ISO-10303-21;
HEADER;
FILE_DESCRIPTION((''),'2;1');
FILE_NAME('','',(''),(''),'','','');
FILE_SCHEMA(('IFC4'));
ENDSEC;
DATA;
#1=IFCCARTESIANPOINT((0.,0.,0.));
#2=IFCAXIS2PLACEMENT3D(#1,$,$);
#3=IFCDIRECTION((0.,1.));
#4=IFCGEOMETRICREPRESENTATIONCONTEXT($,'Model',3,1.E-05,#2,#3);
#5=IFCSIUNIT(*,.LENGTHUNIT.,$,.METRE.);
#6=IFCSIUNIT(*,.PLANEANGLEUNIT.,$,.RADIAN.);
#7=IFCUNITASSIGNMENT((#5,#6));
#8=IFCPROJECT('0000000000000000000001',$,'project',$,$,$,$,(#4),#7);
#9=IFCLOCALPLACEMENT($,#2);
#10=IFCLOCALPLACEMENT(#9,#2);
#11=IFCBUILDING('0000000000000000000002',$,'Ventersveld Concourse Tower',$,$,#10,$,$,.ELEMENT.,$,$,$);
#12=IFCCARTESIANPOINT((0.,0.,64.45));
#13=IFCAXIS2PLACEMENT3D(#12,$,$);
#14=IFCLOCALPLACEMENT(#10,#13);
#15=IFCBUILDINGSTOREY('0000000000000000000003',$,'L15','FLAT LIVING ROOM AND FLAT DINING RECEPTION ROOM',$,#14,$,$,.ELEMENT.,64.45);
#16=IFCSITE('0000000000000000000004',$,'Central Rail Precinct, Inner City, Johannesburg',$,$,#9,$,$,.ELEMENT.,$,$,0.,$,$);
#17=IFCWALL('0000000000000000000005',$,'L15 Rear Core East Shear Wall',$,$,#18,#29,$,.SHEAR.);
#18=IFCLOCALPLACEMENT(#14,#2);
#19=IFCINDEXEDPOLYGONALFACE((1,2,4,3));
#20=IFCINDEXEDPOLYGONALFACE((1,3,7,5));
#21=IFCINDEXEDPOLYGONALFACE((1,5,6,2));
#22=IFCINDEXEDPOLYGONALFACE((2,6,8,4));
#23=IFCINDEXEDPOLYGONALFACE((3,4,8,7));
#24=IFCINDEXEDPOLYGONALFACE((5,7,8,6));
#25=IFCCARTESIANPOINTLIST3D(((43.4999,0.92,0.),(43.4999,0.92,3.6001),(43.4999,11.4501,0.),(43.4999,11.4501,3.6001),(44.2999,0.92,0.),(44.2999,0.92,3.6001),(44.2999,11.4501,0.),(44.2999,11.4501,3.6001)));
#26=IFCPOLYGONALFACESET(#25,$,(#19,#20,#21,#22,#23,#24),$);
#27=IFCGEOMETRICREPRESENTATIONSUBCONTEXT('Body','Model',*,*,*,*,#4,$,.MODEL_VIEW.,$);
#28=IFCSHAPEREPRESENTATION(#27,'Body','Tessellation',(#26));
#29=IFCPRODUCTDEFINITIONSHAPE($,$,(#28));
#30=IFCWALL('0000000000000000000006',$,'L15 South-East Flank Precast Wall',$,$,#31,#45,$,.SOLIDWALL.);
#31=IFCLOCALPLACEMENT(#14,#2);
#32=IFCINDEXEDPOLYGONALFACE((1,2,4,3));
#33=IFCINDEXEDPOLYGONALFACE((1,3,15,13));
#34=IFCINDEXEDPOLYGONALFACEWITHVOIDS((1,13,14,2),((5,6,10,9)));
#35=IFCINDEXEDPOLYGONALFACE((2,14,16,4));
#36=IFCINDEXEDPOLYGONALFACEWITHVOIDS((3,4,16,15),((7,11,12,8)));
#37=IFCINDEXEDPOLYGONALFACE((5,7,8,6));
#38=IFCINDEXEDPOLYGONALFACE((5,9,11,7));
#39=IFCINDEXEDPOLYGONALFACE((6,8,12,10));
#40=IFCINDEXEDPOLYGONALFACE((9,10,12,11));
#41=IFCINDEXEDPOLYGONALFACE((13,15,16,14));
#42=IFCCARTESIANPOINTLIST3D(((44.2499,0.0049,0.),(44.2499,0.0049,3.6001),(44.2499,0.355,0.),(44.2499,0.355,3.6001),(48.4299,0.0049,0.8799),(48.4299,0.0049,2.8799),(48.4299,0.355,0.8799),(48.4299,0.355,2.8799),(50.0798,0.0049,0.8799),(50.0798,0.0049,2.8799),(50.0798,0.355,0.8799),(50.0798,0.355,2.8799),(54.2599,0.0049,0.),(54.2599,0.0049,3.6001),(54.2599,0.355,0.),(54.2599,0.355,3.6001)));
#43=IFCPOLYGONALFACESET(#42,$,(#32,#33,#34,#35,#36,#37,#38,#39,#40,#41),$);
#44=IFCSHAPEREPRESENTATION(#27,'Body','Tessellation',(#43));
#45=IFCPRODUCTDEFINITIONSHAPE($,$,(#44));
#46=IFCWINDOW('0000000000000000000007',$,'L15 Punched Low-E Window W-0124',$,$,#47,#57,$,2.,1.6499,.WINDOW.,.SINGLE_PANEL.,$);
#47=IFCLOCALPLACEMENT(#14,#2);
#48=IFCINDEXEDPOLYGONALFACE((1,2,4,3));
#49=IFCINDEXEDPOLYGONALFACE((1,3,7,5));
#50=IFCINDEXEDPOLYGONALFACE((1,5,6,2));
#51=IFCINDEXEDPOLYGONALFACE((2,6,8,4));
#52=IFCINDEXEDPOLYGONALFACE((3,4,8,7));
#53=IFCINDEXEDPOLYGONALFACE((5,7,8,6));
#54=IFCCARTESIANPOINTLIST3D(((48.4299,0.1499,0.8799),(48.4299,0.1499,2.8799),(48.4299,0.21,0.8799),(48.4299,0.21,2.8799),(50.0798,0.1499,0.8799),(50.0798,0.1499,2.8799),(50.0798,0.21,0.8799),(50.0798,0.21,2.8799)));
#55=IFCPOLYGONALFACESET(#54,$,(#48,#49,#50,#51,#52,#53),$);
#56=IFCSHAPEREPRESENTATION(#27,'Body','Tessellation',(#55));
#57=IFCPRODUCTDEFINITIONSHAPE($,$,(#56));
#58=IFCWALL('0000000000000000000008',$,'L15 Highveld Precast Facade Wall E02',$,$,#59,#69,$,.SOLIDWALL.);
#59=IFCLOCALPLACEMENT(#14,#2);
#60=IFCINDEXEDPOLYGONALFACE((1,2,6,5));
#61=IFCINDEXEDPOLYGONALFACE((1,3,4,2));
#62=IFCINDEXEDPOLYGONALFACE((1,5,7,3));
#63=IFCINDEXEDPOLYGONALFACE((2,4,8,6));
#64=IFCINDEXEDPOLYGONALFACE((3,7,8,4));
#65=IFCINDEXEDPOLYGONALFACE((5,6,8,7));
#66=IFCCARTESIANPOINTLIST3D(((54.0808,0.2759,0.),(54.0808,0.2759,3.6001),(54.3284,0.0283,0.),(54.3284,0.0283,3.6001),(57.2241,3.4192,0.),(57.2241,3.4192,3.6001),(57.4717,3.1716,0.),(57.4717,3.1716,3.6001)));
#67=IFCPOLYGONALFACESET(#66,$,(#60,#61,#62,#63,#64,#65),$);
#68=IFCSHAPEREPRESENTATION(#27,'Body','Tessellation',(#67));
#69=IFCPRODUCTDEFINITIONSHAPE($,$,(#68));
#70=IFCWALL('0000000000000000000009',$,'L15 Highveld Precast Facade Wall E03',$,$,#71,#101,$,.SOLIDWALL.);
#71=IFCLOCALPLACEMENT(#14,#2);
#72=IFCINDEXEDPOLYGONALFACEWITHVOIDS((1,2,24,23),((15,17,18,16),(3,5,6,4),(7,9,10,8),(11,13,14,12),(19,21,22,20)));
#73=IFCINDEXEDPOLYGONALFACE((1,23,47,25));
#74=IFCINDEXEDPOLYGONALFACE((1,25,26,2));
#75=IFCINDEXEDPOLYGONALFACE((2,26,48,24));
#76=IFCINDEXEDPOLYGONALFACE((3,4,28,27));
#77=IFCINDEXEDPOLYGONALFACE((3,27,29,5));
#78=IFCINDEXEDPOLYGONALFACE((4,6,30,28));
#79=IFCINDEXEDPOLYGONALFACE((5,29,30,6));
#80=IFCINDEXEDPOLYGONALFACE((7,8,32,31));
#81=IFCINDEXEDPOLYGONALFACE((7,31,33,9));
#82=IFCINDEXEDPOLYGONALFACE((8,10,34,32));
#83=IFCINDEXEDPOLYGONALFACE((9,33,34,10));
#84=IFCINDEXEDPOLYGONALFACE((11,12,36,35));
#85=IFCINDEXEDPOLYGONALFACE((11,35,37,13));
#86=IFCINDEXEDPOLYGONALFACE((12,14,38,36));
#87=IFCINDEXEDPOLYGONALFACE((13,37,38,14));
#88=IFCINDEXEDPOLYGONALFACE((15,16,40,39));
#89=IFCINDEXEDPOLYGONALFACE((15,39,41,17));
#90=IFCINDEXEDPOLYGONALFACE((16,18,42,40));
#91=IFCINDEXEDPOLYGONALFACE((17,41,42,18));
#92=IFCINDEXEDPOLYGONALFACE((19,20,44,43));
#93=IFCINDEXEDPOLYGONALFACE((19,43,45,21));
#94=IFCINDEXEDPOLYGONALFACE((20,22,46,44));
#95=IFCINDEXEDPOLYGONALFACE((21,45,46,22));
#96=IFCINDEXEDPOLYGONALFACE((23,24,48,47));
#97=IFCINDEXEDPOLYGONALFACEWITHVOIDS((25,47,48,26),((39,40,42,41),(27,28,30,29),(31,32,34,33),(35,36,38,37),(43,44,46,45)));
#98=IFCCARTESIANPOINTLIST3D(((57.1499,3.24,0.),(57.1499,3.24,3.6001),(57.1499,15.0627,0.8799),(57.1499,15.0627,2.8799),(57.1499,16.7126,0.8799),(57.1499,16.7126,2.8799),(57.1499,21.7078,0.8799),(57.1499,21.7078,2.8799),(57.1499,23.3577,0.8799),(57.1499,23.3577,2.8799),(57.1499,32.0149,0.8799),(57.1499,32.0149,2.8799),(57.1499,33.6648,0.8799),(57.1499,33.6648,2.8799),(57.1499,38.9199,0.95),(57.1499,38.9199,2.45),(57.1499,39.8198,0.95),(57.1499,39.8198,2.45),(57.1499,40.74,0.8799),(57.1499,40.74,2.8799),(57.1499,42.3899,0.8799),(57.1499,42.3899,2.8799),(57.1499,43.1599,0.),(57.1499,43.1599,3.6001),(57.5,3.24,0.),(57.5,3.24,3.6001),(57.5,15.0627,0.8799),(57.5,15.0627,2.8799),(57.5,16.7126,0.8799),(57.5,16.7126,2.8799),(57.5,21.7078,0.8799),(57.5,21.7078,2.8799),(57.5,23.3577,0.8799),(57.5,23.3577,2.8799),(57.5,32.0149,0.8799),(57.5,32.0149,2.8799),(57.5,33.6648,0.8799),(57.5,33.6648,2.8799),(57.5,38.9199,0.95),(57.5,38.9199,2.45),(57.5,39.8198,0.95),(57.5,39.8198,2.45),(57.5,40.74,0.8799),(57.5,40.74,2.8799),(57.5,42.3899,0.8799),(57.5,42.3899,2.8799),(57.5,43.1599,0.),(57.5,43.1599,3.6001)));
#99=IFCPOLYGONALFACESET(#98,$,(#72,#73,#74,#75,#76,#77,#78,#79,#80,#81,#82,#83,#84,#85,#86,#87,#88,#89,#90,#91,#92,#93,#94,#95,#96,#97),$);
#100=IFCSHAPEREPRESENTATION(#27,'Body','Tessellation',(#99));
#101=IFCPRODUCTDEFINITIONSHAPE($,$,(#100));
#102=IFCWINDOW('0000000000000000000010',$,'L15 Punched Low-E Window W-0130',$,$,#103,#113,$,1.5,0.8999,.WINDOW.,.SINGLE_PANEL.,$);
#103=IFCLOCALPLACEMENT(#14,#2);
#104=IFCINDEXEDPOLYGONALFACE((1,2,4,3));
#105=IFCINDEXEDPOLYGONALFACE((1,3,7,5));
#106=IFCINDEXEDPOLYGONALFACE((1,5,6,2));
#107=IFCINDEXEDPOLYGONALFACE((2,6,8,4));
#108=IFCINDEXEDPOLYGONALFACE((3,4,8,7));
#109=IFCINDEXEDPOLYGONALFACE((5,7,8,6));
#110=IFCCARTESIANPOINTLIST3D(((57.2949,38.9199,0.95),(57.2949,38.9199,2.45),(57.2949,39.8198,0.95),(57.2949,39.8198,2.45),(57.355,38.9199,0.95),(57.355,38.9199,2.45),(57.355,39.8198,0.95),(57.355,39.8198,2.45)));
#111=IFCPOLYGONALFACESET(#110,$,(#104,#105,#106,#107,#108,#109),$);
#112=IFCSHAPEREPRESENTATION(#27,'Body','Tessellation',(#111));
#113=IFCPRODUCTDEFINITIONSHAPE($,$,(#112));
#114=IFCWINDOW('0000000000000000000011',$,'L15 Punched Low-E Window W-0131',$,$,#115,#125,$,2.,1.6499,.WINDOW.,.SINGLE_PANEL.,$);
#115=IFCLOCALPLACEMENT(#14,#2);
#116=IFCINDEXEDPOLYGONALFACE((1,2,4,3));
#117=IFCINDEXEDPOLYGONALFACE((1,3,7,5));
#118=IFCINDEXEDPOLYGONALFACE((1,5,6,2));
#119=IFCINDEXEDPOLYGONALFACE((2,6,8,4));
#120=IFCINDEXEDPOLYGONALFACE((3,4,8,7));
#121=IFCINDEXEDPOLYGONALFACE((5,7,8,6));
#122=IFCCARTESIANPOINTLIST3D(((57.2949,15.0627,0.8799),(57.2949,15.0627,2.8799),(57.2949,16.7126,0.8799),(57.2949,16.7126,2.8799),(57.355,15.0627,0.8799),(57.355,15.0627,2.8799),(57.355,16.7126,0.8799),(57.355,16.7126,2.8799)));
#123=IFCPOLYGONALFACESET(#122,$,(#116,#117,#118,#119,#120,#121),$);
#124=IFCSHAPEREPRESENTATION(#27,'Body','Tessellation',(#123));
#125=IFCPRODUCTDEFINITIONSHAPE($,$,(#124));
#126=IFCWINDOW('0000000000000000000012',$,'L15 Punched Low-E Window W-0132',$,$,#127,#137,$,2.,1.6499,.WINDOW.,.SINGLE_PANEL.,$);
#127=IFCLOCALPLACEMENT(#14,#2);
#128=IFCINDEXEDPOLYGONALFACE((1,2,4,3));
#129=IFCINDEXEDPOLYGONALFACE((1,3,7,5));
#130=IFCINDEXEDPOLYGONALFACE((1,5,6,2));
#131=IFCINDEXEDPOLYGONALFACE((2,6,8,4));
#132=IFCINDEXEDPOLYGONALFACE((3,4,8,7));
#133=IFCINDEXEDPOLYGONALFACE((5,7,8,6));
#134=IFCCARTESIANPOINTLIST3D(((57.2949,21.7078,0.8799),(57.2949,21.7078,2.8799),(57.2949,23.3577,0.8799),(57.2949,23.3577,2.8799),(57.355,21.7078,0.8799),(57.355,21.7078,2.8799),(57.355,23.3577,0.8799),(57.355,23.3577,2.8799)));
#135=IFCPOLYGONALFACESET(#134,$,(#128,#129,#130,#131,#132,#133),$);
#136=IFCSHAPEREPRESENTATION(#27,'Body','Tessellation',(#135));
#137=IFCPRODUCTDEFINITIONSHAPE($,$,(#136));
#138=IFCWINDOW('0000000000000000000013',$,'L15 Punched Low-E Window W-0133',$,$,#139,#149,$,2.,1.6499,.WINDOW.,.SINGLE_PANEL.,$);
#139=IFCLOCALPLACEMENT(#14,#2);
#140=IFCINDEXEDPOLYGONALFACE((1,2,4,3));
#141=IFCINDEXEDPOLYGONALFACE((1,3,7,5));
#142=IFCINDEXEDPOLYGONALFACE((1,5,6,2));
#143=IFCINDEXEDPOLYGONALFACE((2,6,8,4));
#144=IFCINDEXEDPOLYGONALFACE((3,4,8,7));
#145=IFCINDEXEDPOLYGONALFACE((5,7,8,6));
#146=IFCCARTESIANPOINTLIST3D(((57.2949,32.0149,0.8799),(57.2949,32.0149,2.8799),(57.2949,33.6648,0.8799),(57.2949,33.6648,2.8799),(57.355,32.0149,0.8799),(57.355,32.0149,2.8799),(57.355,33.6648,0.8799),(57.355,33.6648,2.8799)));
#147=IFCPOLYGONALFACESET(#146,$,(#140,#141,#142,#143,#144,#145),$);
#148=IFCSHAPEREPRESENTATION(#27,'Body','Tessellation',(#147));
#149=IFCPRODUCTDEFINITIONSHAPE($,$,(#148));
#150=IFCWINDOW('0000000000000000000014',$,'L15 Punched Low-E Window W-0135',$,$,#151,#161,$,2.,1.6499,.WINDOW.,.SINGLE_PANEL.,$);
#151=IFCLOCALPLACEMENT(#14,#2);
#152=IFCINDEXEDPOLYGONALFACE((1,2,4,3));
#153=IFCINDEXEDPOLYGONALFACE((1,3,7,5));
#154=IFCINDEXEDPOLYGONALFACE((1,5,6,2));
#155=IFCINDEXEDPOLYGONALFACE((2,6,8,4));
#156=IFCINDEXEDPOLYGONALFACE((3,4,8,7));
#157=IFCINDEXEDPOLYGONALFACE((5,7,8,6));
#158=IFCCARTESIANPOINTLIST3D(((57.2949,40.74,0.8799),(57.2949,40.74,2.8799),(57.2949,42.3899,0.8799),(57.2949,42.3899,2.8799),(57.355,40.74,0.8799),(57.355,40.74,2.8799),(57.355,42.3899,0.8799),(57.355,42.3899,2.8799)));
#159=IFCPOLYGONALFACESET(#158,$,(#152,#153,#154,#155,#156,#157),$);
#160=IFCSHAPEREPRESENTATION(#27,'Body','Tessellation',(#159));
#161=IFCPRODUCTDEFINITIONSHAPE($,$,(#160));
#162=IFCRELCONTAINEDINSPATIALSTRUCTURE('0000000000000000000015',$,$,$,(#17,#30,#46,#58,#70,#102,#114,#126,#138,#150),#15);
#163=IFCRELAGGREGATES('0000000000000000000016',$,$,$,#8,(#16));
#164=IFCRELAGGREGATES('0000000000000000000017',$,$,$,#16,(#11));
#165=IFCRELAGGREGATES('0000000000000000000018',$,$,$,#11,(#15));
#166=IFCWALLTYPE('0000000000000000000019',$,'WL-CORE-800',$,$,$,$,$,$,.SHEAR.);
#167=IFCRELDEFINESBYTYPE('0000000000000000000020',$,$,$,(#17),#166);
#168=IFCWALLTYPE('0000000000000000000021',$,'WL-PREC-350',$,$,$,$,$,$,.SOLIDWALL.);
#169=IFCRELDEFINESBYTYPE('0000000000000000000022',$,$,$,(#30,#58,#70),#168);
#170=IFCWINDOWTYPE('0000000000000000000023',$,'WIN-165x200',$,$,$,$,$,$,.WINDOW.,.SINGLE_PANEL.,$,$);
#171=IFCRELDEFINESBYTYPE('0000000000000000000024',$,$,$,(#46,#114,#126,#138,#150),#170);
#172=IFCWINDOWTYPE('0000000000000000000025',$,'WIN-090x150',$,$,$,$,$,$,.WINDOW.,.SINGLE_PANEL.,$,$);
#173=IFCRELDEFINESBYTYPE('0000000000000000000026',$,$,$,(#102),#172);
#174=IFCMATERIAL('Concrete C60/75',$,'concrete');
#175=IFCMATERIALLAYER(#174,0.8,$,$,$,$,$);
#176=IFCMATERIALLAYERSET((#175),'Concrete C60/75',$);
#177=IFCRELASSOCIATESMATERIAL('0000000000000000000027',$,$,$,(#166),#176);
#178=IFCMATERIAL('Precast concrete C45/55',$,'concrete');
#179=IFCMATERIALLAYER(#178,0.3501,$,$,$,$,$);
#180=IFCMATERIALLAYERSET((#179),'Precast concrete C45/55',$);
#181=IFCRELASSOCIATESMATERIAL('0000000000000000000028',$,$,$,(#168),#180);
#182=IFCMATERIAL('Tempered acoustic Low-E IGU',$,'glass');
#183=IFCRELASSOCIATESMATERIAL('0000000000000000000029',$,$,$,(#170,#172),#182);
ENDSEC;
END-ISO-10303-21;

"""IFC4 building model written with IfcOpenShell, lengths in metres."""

from ifc_helpers import new_model, si_unit, direction, frame, frame_2d, origin, place, context, subcontext, project, spatial, rectangle, extrude, material, layer, layer_set, type_object, element, fill, save


model = new_model("IFC4")

# Units and contexts
model_context = context("Model", 3, precision=1e-05, world=origin(), true_north=direction((0.0, 1.0)))
body_context = subcontext(model_context, "Body", "Model", "MODEL_VIEW")
ifc_project = project(units=[si_unit("LENGTHUNIT", "METRE"), si_unit("PLANEANGLEUNIT", "RADIAN")], contexts=[model_context])

# Site, building, storey
site_placement = place(None, origin())
site = spatial("IfcSite", under=ifc_project, at=site_placement, Name="Central Rail Precinct, Inner City, Johannesburg", CompositionType="ELEMENT", RefElevation=0.0)
building_placement = place(site_placement, origin())
building = spatial("IfcBuilding", under=site, at=building_placement, Name="Ventersveld Concourse Tower", CompositionType="ELEMENT")
storey_placement = place(building_placement, frame((0.0, 0.0, 64.45)))
storey = spatial("IfcBuildingStorey", under=building, at=storey_placement, Name="L15", Description="FLAT LIVING ROOM AND FLAT DINING RECEPTION ROOM", CompositionType="ELEMENT", Elevation=64.45)

# Wall
ifc_material_1 = material(Name="Concrete C60/75", Category="concrete")
ifc_layer_1 = layer(ifc_material_1, 0.8)
ifc_layer_set_1 = layer_set([ifc_layer_1], Name="Concrete C60/75")
wall_type_1 = type_object("IfcWallType", Name="WL-CORE-800", PredefinedType="SHEAR", material=ifc_layer_set_1)
wall_1_placement = place(storey_placement, frame((43.8999, 0.9199, 0.0), z_axis=(0.0, 0.0, 1.0), x_axis=(0.0, 1.0, 0.0)))
element("IfcWall", 1, at=wall_1_placement, inside=storey, type_object=wall_type_1, Name="L15 Rear Core East Shear Wall", PredefinedType="SHEAR", context=body_context, shape_type="SweptSolid", body=[
    extrude(rectangle(XDim=10.53, YDim=0.8, at=frame_2d((5.2651, 0.0))), origin(), (0.0, 0.0, 1.0), 3.6001),
])

# Wall, opening, window
ifc_material_2 = material(Name="Precast concrete C45/55", Category="concrete")
ifc_layer_2 = layer(ifc_material_2, 0.3501)
ifc_layer_set_2 = layer_set([ifc_layer_2], Name="Precast concrete C45/55")
wall_type_2 = type_object("IfcWallType", Name="WL-PREC-350", PredefinedType="SOLIDWALL", material=ifc_layer_set_2)
wall_2_placement = place(storey_placement, frame((44.25, 0.1799, 0.0), z_axis=(0.0, 0.0, 1.0), x_axis=(1.0, 0.0, 0.0)))
wall_2 = element("IfcWall", 2, at=wall_2_placement, inside=storey, type_object=wall_type_2, Name="L15 South-East Flank Precast Wall", PredefinedType="SOLIDWALL", context=body_context, shape_type="SweptSolid", body=[
    extrude(rectangle(XDim=10.01, YDim=0.3501, at=frame_2d((5.0049, 0.0))), origin(), (0.0, 0.0, 1.0), 3.6001),
])
opening_1_placement = place(wall_2_placement, frame((4.1799, 0.0, 0.8799)))
opening_1 = element("IfcOpeningElement", 3, at=opening_1_placement, cuts=wall_2, PredefinedType="OPENING", context=body_context, shape_type="SweptSolid", body=[
    extrude(rectangle(XDim=1.6499, YDim=2.0, at=frame_2d((0.825, 1.0))), frame((0.0, 0.1851, 0.0), z_axis=(0.0, -1.0, 0.0), x_axis=(1.0, 0.0, 0.0)), (0.0, 0.0, 1.0), 0.3701),
])
ifc_material_3 = material(Name="Tempered acoustic Low-E IGU", Category="glass")
window_type_1 = type_object("IfcWindowType", Name="WIN-165x200", PartitioningType="SINGLE_PANEL", PredefinedType="WINDOW", material=ifc_material_3)
window_1_placement = place(opening_1_placement, origin())
window_1 = element("IfcWindow", 4, at=window_1_placement, inside=storey, type_object=window_type_1, Name="L15 Punched Low-E Window W-0124", OverallHeight=2.0, OverallWidth=1.6499, PartitioningType="SINGLE_PANEL", PredefinedType="WINDOW", context=body_context, shape_type="SweptSolid", body=[
    extrude(rectangle(XDim=1.6499, YDim=2.0, at=frame_2d((0.825, 1.0))), frame((0.0, 0.03, 0.0), z_axis=(0.0, -1.0, 0.0), x_axis=(1.0, 0.0, 0.0)), (0.0, 0.0, 1.0), 0.0601),
])
fill(opening_1, window_1)

# Wall
wall_3_placement = place(storey_placement, frame((54.2046, 0.1521, 0.0), z_axis=(0.0, 0.0, 1.0), x_axis=(0.707107, 0.707107, 0.0)))
element("IfcWall", 5, at=wall_3_placement, inside=storey, type_object=wall_type_2, Name="L15 Highveld Precast Facade Wall E02", PredefinedType="SOLIDWALL", context=body_context, shape_type="SweptSolid", body=[
    extrude(rectangle(XDim=4.4453, YDim=0.3501, at=frame_2d((2.2227, 0.0))), origin(), (0.0, 0.0, 1.0), 3.6001),
])

# Wall, openings, windows
wall_4_placement = place(storey_placement, frame((57.325, 3.24, 0.0), z_axis=(0.0, 0.0, 1.0), x_axis=(0.0, 1.0, 0.0)))
wall_4 = element("IfcWall", 6, at=wall_4_placement, inside=storey, type_object=wall_type_2, Name="L15 Highveld Precast Facade Wall E03", PredefinedType="SOLIDWALL", context=body_context, shape_type="SweptSolid", body=[
    extrude(rectangle(XDim=39.9199, YDim=0.3501, at=frame_2d((19.96, 0.0))), origin(), (0.0, 0.0, 1.0), 3.6001),
])
opening_2_placement = place(wall_4_placement, frame((35.6799, 0.0, 0.95)))
opening_2 = element("IfcOpeningElement", 7, at=opening_2_placement, cuts=wall_4, PredefinedType="OPENING", context=body_context, shape_type="SweptSolid", body=[
    extrude(rectangle(XDim=0.8999, YDim=1.5, at=frame_2d((0.45, 0.75))), frame((0.0, 0.1851, 0.0), z_axis=(0.0, -1.0, 0.0), x_axis=(1.0, 0.0, 0.0)), (0.0, 0.0, 1.0), 0.3701),
])
opening_3_placement = place(wall_4_placement, frame((11.8228, 0.0, 0.8799)))
opening_3 = element("IfcOpeningElement", 8, at=opening_3_placement, cuts=wall_4, PredefinedType="OPENING", context=body_context, shape_type="SweptSolid", body=[
    extrude(rectangle(XDim=1.6499, YDim=2.0, at=frame_2d((0.825, 1.0))), frame((0.0, 0.1851, 0.0), z_axis=(0.0, -1.0, 0.0), x_axis=(1.0, 0.0, 0.0)), (0.0, 0.0, 1.0), 0.3701),
])
opening_4_placement = place(wall_4_placement, frame((18.4678, 0.0, 0.8799)))
opening_4 = element("IfcOpeningElement", 9, at=opening_4_placement, cuts=wall_4, PredefinedType="OPENING", context=body_context, shape_type="SweptSolid", body=[
    extrude(rectangle(XDim=1.6499, YDim=2.0, at=frame_2d((0.825, 1.0))), frame((0.0, 0.1851, 0.0), z_axis=(0.0, -1.0, 0.0), x_axis=(1.0, 0.0, 0.0)), (0.0, 0.0, 1.0), 0.3701),
])
opening_5_placement = place(wall_4_placement, frame((28.7749, 0.0, 0.8799)))
opening_5 = element("IfcOpeningElement", 10, at=opening_5_placement, cuts=wall_4, PredefinedType="OPENING", context=body_context, shape_type="SweptSolid", body=[
    extrude(rectangle(XDim=1.6499, YDim=2.0, at=frame_2d((0.825, 1.0))), frame((0.0, 0.1851, 0.0), z_axis=(0.0, -1.0, 0.0), x_axis=(1.0, 0.0, 0.0)), (0.0, 0.0, 1.0), 0.3701),
])
opening_6_placement = place(wall_4_placement, frame((37.5, 0.0, 0.8799)))
opening_6 = element("IfcOpeningElement", 11, at=opening_6_placement, cuts=wall_4, PredefinedType="OPENING", context=body_context, shape_type="SweptSolid", body=[
    extrude(rectangle(XDim=1.6499, YDim=2.0, at=frame_2d((0.825, 1.0))), frame((0.0, 0.1851, 0.0), z_axis=(0.0, -1.0, 0.0), x_axis=(1.0, 0.0, 0.0)), (0.0, 0.0, 1.0), 0.3701),
])
window_type_2 = type_object("IfcWindowType", Name="WIN-090x150", PartitioningType="SINGLE_PANEL", PredefinedType="WINDOW", material=ifc_material_3)
window_2_placement = place(opening_2_placement, origin())
window_2 = element("IfcWindow", 12, at=window_2_placement, inside=storey, type_object=window_type_2, Name="L15 Punched Low-E Window W-0130", OverallHeight=1.5, OverallWidth=0.8999, PartitioningType="SINGLE_PANEL", PredefinedType="WINDOW", context=body_context, shape_type="SweptSolid", body=[
    extrude(rectangle(XDim=0.8999, YDim=1.5, at=frame_2d((0.45, 0.75))), frame((0.0, 0.03, 0.0), z_axis=(0.0, -1.0, 0.0), x_axis=(1.0, 0.0, 0.0)), (0.0, 0.0, 1.0), 0.0601),
])
fill(opening_2, window_2)
window_3_placement = place(opening_3_placement, origin())
window_3 = element("IfcWindow", 13, at=window_3_placement, inside=storey, type_object=window_type_1, Name="L15 Punched Low-E Window W-0131", OverallHeight=2.0, OverallWidth=1.6499, PartitioningType="SINGLE_PANEL", PredefinedType="WINDOW", context=body_context, shape_type="SweptSolid", body=[
    extrude(rectangle(XDim=1.6499, YDim=2.0, at=frame_2d((0.825, 1.0))), frame((0.0, 0.03, 0.0), z_axis=(0.0, -1.0, 0.0), x_axis=(1.0, 0.0, 0.0)), (0.0, 0.0, 1.0), 0.0601),
])
fill(opening_3, window_3)
window_4_placement = place(opening_4_placement, origin())
window_4 = element("IfcWindow", 14, at=window_4_placement, inside=storey, type_object=window_type_1, Name="L15 Punched Low-E Window W-0132", OverallHeight=2.0, OverallWidth=1.6499, PartitioningType="SINGLE_PANEL", PredefinedType="WINDOW", context=body_context, shape_type="SweptSolid", body=[
    extrude(rectangle(XDim=1.6499, YDim=2.0, at=frame_2d((0.825, 1.0))), frame((0.0, 0.03, 0.0), z_axis=(0.0, -1.0, 0.0), x_axis=(1.0, 0.0, 0.0)), (0.0, 0.0, 1.0), 0.0601),
])
fill(opening_4, window_4)
window_5_placement = place(opening_5_placement, origin())
window_5 = element("IfcWindow", 15, at=window_5_placement, inside=storey, type_object=window_type_1, Name="L15 Punched Low-E Window W-0133", OverallHeight=2.0, OverallWidth=1.6499, PartitioningType="SINGLE_PANEL", PredefinedType="WINDOW", context=body_context, shape_type="SweptSolid", body=[
    extrude(rectangle(XDim=1.6499, YDim=2.0, at=frame_2d((0.825, 1.0))), frame((0.0, 0.03, 0.0), z_axis=(0.0, -1.0, 0.0), x_axis=(1.0, 0.0, 0.0)), (0.0, 0.0, 1.0), 0.0601),
])
fill(opening_5, window_5)
window_6_placement = place(opening_6_placement, origin())
window_6 = element("IfcWindow", 16, at=window_6_placement, inside=storey, type_object=window_type_1, Name="L15 Punched Low-E Window W-0135", OverallHeight=2.0, OverallWidth=1.6499, PartitioningType="SINGLE_PANEL", PredefinedType="WINDOW", context=body_context, shape_type="SweptSolid", body=[
    extrude(rectangle(XDim=1.6499, YDim=2.0, at=frame_2d((0.825, 1.0))), frame((0.0, 0.03, 0.0), z_axis=(0.0, -1.0, 0.0), x_axis=(1.0, 0.0, 0.0)), (0.0, 0.0, 1.0), 0.0601),
])
fill(opening_6, window_6)

save(model, "model.ifc")
